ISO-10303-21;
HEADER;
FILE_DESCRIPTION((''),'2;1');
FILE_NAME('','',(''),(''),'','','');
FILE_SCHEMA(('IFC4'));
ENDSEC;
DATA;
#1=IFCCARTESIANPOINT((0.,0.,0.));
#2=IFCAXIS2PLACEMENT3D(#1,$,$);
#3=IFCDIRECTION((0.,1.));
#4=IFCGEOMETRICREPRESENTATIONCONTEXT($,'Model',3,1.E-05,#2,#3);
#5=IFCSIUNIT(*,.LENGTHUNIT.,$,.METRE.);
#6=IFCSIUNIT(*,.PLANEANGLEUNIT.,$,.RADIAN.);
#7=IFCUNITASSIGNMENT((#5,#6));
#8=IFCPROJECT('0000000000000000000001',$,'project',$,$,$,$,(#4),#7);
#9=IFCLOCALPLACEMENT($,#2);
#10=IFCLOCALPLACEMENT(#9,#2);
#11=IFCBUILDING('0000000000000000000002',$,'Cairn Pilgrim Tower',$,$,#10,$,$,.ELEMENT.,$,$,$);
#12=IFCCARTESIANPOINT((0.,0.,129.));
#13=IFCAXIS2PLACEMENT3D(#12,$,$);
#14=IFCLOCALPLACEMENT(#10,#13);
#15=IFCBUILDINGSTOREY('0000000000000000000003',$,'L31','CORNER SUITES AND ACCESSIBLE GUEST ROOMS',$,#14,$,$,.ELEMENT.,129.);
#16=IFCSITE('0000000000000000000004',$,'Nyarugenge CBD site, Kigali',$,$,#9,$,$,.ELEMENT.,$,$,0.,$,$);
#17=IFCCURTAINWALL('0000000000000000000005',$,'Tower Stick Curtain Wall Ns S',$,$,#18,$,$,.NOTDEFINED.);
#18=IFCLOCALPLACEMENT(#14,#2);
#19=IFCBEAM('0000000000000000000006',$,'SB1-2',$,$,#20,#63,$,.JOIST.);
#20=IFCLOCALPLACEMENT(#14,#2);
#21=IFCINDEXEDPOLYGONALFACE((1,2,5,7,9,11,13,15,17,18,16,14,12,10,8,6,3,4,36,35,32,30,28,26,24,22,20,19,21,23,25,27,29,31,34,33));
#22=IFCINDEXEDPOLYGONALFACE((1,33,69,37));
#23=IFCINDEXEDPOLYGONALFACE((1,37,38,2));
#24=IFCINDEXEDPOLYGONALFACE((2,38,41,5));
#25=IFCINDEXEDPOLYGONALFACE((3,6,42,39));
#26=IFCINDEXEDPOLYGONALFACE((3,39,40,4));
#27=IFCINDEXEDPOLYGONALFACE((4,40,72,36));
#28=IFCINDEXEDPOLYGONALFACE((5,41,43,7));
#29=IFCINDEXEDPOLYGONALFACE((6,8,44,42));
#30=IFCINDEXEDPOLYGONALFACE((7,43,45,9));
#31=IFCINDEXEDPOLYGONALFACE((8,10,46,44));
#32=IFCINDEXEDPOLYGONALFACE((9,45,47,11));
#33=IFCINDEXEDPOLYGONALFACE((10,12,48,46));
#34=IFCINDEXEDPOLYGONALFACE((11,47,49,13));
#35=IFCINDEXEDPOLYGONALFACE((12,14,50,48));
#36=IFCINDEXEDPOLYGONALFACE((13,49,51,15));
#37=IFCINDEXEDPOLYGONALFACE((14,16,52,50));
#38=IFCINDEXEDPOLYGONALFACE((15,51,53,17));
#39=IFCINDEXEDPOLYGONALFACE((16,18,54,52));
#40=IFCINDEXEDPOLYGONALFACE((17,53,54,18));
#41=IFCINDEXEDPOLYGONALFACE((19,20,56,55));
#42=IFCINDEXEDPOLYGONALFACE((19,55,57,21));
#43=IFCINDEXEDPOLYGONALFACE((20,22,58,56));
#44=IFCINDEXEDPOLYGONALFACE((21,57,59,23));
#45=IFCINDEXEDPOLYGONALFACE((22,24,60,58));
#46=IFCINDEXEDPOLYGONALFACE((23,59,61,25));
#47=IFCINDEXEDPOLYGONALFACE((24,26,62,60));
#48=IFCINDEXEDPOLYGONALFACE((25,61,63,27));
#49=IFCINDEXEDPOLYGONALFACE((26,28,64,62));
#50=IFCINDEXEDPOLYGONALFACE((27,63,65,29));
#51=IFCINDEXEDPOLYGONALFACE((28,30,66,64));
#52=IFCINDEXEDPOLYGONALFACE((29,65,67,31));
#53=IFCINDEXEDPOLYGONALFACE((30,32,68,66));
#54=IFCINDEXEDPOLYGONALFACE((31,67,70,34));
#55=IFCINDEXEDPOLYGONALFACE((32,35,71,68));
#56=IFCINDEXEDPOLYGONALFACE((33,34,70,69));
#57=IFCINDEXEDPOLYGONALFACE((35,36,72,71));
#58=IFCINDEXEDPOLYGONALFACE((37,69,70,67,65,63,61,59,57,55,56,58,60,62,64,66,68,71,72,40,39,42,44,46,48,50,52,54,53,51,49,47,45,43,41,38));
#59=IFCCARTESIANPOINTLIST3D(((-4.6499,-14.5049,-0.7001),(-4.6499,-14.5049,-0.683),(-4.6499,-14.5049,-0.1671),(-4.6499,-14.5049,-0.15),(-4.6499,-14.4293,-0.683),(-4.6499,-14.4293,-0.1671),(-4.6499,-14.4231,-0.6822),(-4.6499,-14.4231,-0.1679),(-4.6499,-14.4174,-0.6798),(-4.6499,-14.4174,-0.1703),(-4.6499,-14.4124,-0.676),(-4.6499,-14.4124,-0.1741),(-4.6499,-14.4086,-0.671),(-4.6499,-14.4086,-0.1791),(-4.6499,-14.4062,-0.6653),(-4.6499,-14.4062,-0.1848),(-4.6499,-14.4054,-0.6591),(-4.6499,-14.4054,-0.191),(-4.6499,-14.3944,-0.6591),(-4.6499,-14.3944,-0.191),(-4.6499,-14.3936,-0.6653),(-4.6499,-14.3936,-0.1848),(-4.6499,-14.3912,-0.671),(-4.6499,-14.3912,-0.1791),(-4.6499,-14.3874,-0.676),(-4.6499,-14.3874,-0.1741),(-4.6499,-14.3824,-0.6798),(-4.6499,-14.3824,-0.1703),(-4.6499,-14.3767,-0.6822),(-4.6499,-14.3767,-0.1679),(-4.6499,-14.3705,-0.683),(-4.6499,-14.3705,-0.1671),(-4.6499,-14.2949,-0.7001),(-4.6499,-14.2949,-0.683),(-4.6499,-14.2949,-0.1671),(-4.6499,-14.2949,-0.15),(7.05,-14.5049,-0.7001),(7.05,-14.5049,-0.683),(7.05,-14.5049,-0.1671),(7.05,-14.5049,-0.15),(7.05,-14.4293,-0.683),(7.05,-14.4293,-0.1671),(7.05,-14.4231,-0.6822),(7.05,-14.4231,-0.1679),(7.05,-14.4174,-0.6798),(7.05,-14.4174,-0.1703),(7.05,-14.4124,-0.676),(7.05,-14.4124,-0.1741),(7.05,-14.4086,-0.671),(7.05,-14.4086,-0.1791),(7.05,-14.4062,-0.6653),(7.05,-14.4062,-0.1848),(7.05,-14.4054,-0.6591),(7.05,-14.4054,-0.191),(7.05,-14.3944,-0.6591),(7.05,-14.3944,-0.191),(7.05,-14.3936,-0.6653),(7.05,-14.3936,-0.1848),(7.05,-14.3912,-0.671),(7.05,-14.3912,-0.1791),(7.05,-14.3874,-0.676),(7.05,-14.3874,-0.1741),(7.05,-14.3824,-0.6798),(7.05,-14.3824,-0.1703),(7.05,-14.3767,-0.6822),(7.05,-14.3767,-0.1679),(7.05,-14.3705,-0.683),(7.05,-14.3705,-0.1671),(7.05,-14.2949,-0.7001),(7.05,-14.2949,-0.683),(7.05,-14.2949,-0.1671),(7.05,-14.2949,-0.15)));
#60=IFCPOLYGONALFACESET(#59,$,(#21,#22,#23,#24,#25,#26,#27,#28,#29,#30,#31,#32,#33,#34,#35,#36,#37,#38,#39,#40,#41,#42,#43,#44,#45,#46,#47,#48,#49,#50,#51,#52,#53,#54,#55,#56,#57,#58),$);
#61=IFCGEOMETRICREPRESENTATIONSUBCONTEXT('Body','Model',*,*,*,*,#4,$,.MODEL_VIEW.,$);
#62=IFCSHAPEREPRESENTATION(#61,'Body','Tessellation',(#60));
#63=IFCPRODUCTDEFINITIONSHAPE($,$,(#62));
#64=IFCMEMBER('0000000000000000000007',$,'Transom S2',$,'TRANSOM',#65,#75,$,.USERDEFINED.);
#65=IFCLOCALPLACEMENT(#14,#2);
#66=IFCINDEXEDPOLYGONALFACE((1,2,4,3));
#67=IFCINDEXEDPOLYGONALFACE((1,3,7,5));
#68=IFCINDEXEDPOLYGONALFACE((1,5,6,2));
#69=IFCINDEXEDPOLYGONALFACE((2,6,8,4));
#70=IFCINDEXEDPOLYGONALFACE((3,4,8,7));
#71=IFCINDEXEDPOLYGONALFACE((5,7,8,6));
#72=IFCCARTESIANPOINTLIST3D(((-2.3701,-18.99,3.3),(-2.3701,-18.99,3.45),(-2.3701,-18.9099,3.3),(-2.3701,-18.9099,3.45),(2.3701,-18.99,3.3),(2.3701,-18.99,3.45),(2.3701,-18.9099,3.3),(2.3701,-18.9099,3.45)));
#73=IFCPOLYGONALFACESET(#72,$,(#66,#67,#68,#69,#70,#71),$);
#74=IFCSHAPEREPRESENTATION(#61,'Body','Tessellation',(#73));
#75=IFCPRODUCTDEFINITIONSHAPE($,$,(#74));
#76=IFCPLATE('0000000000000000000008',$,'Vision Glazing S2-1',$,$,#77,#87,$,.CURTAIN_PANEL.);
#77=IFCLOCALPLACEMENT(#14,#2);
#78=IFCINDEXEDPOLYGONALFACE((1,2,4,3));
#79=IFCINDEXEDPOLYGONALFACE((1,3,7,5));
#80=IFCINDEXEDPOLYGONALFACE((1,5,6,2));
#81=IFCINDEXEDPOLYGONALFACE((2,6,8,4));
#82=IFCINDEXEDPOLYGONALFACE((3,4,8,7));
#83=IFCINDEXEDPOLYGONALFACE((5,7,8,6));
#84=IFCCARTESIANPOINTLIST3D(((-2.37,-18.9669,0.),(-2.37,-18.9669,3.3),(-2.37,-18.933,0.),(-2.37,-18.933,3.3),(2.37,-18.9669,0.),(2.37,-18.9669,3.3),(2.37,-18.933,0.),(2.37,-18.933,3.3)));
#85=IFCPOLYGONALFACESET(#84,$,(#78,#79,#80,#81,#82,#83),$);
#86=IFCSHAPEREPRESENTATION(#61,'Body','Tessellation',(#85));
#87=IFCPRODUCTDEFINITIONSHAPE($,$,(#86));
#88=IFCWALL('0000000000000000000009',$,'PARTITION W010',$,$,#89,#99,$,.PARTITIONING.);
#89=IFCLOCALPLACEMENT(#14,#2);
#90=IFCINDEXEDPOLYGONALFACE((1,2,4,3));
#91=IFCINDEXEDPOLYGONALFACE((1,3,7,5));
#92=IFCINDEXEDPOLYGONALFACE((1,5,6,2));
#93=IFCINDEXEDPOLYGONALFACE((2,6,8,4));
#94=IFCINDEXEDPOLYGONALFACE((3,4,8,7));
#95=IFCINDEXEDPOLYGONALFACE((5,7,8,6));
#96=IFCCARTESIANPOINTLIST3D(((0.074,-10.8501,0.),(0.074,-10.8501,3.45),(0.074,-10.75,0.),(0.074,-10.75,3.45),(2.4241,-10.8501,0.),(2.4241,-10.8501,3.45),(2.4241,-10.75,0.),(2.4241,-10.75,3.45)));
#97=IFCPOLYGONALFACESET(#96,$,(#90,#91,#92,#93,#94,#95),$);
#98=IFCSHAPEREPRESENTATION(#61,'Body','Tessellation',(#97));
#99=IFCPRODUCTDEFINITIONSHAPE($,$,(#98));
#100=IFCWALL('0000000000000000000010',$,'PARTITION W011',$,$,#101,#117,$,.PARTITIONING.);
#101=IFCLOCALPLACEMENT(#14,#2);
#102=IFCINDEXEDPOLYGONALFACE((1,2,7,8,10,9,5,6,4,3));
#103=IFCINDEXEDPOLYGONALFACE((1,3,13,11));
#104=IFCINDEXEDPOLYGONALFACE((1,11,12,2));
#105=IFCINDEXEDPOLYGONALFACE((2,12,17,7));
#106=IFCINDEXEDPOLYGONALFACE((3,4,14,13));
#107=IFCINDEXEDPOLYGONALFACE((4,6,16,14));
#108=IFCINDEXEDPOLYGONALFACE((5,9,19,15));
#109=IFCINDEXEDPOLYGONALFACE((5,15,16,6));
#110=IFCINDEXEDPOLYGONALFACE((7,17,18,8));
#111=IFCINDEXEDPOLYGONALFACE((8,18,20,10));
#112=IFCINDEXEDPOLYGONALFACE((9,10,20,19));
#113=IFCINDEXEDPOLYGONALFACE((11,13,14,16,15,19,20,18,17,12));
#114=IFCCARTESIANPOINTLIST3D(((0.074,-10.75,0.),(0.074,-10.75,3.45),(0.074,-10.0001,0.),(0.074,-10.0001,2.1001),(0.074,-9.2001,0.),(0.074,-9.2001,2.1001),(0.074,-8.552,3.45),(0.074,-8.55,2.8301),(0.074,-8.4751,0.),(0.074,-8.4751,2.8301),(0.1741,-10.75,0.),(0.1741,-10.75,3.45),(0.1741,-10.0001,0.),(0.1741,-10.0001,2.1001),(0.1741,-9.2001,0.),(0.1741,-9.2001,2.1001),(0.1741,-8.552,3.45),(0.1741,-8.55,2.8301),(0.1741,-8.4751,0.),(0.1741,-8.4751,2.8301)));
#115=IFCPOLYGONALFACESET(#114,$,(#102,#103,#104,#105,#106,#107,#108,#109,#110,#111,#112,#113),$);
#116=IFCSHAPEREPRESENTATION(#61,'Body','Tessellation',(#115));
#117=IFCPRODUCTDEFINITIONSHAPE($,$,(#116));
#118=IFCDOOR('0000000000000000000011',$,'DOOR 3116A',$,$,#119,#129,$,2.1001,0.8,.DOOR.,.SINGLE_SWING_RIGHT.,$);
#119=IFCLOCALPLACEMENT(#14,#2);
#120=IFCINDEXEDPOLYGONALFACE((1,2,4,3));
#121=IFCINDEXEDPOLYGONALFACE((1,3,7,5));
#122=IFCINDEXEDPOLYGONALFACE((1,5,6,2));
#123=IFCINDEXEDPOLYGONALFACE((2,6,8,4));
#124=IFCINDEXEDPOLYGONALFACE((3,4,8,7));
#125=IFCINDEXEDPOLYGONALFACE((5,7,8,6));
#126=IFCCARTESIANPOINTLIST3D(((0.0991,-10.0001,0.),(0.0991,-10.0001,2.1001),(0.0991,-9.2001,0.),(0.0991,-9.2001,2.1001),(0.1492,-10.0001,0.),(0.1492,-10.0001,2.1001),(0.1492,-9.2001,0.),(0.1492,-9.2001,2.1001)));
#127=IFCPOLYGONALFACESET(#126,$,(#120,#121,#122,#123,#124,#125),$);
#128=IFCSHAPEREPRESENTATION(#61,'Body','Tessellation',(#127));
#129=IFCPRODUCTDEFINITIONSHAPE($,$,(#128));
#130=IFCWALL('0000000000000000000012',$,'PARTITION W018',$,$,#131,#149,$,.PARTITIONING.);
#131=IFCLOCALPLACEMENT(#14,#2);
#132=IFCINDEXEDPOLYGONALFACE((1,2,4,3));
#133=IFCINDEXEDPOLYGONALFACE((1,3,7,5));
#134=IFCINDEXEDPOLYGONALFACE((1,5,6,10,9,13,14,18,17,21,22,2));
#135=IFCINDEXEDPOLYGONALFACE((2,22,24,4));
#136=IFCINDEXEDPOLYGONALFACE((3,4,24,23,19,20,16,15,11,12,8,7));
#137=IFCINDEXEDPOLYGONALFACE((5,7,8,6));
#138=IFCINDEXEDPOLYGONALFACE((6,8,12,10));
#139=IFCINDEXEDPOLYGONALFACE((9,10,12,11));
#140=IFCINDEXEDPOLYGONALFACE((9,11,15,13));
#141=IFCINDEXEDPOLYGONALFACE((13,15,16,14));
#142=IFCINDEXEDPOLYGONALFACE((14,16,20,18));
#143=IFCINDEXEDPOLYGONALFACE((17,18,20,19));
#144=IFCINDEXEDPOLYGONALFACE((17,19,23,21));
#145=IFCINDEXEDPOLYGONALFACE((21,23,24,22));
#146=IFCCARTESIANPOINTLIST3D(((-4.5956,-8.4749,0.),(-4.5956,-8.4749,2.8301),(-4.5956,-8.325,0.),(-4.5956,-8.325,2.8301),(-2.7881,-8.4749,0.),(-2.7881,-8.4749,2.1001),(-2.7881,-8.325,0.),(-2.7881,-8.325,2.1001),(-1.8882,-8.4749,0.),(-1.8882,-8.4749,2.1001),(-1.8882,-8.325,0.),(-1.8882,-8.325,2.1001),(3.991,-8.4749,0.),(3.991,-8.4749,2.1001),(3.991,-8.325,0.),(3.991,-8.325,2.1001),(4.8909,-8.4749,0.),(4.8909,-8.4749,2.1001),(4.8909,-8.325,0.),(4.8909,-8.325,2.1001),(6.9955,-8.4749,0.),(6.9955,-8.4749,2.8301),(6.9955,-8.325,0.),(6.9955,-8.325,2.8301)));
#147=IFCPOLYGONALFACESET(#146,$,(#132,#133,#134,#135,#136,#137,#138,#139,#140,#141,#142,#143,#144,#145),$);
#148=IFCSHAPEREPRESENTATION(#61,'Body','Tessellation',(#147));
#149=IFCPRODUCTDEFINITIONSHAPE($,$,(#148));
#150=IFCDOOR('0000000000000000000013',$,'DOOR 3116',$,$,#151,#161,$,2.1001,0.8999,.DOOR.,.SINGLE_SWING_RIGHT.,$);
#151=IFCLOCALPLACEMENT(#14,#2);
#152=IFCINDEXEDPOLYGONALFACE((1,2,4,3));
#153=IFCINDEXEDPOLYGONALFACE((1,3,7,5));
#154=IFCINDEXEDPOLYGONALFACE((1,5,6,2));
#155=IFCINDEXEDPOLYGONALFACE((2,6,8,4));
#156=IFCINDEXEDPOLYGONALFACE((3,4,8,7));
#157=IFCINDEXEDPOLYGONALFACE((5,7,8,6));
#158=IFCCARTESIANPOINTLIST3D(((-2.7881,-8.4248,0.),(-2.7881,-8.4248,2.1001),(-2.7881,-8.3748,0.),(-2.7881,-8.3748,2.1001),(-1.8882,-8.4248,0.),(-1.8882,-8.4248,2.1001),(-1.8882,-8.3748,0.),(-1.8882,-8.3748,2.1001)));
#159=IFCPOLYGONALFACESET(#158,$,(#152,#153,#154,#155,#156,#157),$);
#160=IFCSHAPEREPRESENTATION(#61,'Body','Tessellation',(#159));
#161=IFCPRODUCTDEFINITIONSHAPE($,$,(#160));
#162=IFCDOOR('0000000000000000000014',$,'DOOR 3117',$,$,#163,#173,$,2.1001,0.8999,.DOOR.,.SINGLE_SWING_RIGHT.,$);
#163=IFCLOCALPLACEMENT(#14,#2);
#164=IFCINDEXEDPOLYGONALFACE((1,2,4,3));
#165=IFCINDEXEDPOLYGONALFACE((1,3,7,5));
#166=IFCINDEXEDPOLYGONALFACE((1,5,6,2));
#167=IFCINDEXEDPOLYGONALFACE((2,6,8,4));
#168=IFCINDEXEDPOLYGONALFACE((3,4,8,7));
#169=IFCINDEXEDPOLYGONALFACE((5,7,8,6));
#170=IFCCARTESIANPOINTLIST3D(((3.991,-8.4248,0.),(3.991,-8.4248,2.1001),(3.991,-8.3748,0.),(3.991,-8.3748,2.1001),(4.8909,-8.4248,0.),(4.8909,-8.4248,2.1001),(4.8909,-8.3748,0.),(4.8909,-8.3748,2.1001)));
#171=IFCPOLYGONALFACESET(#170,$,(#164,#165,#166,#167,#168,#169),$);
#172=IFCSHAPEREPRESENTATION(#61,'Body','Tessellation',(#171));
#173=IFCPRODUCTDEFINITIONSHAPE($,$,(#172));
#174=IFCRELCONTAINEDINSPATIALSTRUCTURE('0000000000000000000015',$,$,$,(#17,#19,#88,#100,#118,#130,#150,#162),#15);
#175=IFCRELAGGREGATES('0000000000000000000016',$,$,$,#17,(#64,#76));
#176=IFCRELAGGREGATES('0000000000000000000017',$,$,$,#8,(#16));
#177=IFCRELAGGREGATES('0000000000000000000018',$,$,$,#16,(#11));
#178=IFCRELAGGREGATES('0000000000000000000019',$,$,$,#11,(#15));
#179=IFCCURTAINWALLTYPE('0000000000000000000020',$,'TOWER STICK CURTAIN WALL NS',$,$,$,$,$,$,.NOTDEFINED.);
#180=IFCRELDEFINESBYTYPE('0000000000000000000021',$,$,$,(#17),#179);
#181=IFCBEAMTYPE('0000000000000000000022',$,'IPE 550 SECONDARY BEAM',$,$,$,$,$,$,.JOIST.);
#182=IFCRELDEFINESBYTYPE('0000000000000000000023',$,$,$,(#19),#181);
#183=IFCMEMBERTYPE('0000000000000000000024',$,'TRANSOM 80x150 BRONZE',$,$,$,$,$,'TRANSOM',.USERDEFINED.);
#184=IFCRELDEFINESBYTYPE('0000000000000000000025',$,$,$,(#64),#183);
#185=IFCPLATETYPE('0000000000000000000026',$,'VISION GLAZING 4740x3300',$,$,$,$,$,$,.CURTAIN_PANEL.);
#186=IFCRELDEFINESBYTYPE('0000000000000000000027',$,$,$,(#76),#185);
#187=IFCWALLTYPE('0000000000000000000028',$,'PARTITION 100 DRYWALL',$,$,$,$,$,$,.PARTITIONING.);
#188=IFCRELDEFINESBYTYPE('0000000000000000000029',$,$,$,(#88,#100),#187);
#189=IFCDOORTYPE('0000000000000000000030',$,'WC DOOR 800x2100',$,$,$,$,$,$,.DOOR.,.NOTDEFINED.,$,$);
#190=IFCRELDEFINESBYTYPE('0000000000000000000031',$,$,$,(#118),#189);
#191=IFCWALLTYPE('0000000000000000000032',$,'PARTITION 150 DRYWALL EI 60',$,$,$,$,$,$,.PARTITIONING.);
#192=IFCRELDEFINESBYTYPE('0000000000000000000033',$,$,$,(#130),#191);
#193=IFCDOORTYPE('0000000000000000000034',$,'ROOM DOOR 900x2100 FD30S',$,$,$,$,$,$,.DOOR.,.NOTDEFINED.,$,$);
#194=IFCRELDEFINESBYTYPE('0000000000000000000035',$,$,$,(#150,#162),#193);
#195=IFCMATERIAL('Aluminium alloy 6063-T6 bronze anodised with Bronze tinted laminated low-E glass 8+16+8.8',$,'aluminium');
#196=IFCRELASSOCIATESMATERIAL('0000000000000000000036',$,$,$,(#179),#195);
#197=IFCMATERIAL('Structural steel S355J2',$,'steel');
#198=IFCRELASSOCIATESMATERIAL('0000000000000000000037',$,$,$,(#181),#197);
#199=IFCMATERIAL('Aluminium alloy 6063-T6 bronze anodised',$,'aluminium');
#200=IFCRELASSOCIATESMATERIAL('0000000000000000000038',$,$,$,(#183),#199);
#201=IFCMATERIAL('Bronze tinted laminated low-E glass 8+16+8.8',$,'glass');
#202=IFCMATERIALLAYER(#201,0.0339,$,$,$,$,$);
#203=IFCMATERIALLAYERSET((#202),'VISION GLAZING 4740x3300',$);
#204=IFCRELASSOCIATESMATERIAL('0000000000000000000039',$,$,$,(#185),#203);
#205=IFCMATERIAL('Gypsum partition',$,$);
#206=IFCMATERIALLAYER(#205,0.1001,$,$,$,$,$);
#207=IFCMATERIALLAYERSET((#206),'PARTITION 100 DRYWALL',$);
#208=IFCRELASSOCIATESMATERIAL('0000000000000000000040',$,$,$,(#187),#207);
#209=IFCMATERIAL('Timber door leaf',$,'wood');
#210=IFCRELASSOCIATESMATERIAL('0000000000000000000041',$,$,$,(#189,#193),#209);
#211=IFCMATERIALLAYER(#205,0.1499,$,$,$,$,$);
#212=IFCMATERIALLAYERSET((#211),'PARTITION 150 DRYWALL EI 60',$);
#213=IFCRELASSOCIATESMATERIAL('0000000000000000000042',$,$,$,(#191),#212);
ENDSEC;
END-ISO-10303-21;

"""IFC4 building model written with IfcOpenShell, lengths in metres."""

from ifc_helpers import new_model, si_unit, direction, frame, frame_2d, origin, origin_2d, place, context, subcontext, project, spatial, polyline, rectangle, i_section, outline, extrude, material, layer, layer_set, material_profile, profile_set, type_object, element, fill, aggregate, save


model = new_model("IFC4")

# Units and contexts
model_context = context("Model", 3, precision=1e-05, world=origin(), true_north=direction((0.0, 1.0)))
body_context = subcontext(model_context, "Body", "Model", "MODEL_VIEW")
ifc_project = project(units=[si_unit("LENGTHUNIT", "METRE"), si_unit("PLANEANGLEUNIT", "RADIAN")], contexts=[model_context])

# Site, building, storey
site_placement = place(None, origin())
site = spatial("IfcSite", under=ifc_project, at=site_placement, Name="Nyarugenge CBD site, Kigali", CompositionType="ELEMENT", RefElevation=0.0)
building_placement = place(site_placement, origin())
building = spatial("IfcBuilding", under=site, at=building_placement, Name="Cairn Pilgrim Tower", CompositionType="ELEMENT")
storey_placement = place(building_placement, frame((0.0, 0.0, 129.0)))
storey = spatial("IfcBuildingStorey", under=building, at=storey_placement, Name="L31", Description="CORNER SUITES AND ACCESSIBLE GUEST ROOMS", CompositionType="ELEMENT", Elevation=129.0)

# Curtain wall
ifc_material_1 = material(Name="Aluminium alloy 6063-T6 bronze anodised with Bronze tinted laminated low-E glass 8+16+8.8", Category="aluminium")
curtain_wall_type = type_object("IfcCurtainWallType", Name="TOWER STICK CURTAIN WALL NS", PredefinedType="NOTDEFINED", material=ifc_material_1)
curtain_wall_placement = place(storey_placement, origin())
curtain_wall = element("IfcCurtainWall", 1, at=curtain_wall_placement, inside=storey, type_object=curtain_wall_type, Name="Tower Stick Curtain Wall Ns S", PredefinedType="NOTDEFINED")
ifc_material_2 = material(Name="Aluminium alloy 6063-T6 bronze anodised", Category="aluminium")

# Beam
ifc_material_3 = material(Name="Structural steel S355J2", Category="steel")
ifc_material_profile_1 = material_profile(ifc_material_3, i_section(OverallWidth=0.21, OverallDepth=0.55, WebThickness=0.011, FlangeThickness=0.0171, FilletRadius=0.0239, at=origin_2d()), Name="IPE 550")
ifc_profile_set_1 = profile_set([ifc_material_profile_1], Name="Structural steel S355J2")
beam_type_1 = type_object("IfcBeamType", Name="IPE 550 SECONDARY BEAM", PredefinedType="JOIST", material=ifc_profile_set_1)
beam_1_placement = place(storey_placement, frame((-4.6499, -14.3999, -0.425), z_axis=(1.0, 0.0, 0.0), x_axis=(0.0, 1.0, 0.0)))
element("IfcBeam", 2, at=beam_1_placement, inside=storey, type_object=beam_type_1, Name="SB1-2", PredefinedType="JOIST", context=body_context, shape_type="SweptSolid", body=[
    extrude(i_section(OverallWidth=0.21, OverallDepth=0.55, WebThickness=0.011, FlangeThickness=0.0171, FilletRadius=0.0239, at=origin_2d()), origin(), (0.0, 0.0, 1.0), 11.7),
])

# Member
ifc_material_profile_2 = material_profile(ifc_material_2, rectangle(XDim=0.0801, YDim=0.1499, at=origin_2d()), Name="TRANSOM 80x150 BRONZE")
ifc_profile_set_2 = profile_set([ifc_material_profile_2], Name="Aluminium alloy 6063-T6 bronze anodised")
member_type_1 = type_object("IfcMemberType", Name="TRANSOM 80x150 BRONZE", ElementType="TRANSOM", PredefinedType="USERDEFINED", material=ifc_profile_set_2)
member_1_placement = place(storey_placement, frame((-2.3701, -18.95, 3.375), z_axis=(1.0, 0.0, 0.0), x_axis=(0.0, 1.0, 0.0)))
member_1 = element("IfcMember", 3, at=member_1_placement, type_object=member_type_1, Name="Transom S2", ObjectType="TRANSOM", PredefinedType="USERDEFINED", context=body_context, shape_type="SweptSolid", body=[
    extrude(rectangle(XDim=0.0801, YDim=0.1499, at=origin_2d()), origin(), (0.0, 0.0, 1.0), 4.7402),
])

# Plate
ifc_material_4 = material(Name="Bronze tinted laminated low-E glass 8+16+8.8", Category="glass")
ifc_layer_1 = layer(ifc_material_4, 0.0339)
ifc_layer_set_1 = layer_set([ifc_layer_1], Name="VISION GLAZING 4740x3300")
plate_type = type_object("IfcPlateType", Name="VISION GLAZING 4740x3300", PredefinedType="CURTAIN_PANEL", material=ifc_layer_set_1)
plate_placement = place(storey_placement, frame((0.0, -18.95, 0.0), z_axis=(0.0, 0.0, 1.0), x_axis=(1.0, 0.0, 0.0)))
plate = element("IfcPlate", 4, at=plate_placement, type_object=plate_type, Name="Vision Glazing S2-1", PredefinedType="CURTAIN_PANEL", context=body_context, shape_type="SweptSolid", body=[
    extrude(rectangle(XDim=4.74, YDim=0.0339, at=origin_2d()), origin(), (0.0, 0.0, 1.0), 3.3),
])
aggregate(curtain_wall, [member_1, plate])

# Wall
ifc_material_5 = material(Name="Gypsum partition")
ifc_layer_2 = layer(ifc_material_5, 0.1001)
ifc_layer_set_2 = layer_set([ifc_layer_2], Name="PARTITION 100 DRYWALL")
wall_type_1 = type_object("IfcWallType", Name="PARTITION 100 DRYWALL", PredefinedType="PARTITIONING", material=ifc_layer_set_2)
wall_1_placement = place(storey_placement, frame((0.074, -10.8, 0.0), z_axis=(0.0, 0.0, 1.0), x_axis=(1.0, 0.0, 0.0)))
element("IfcWall", 5, at=wall_1_placement, inside=storey, type_object=wall_type_1, Name="PARTITION W010", PredefinedType="PARTITIONING", context=body_context, shape_type="SweptSolid", body=[
    extrude(rectangle(XDim=2.3501, YDim=0.1001, at=frame_2d((1.175, 0.0))), origin(), (0.0, 0.0, 1.0), 3.45),
])

# Wall, opening, door
wall_2_placement = place(storey_placement, frame((0.124, -10.75, 0.0), z_axis=(0.0, 0.0, 1.0), x_axis=(0.0, 1.0, 0.0)))
wall_2 = element("IfcWall", 6, at=wall_2_placement, inside=storey, type_object=wall_type_1, Name="PARTITION W011", PredefinedType="PARTITIONING", context=body_context, shape_type="SweptSolid", body=[
    extrude(outline(polyline([(0.0, 0.0), (2.2749, 0.0), (2.2749, 2.8301), (2.2, 2.8301), (2.198, 3.45), (0.0, 3.45), (0.0, 0.0)])), frame((0.0, 0.05, 0.0), z_axis=(0.0, -1.0, 0.0), x_axis=(1.0, 0.0, 0.0)), (0.0, 0.0, 1.0), 0.1001),
])
opening_1_placement = place(wall_2_placement, frame((0.75, 0.0, 0.0)))
opening_1 = element("IfcOpeningElement", 7, at=opening_1_placement, cuts=wall_2, PredefinedType="OPENING", context=body_context, shape_type="SweptSolid", body=[
    extrude(rectangle(XDim=0.8, YDim=2.1001, at=frame_2d((0.3999, 1.05))), frame((0.0, 0.0601, 0.0), z_axis=(0.0, -1.0, 0.0), x_axis=(1.0, 0.0, 0.0)), (0.0, 0.0, 1.0), 0.1201),
])
ifc_material_6 = material(Name="Timber door leaf", Category="wood")
door_type_1 = type_object("IfcDoorType", Name="WC DOOR 800x2100", OperationType="NOTDEFINED", PredefinedType="DOOR", material=ifc_material_6)
door_1_placement = place(opening_1_placement, origin())
door_1 = element("IfcDoor", 8, at=door_1_placement, inside=storey, type_object=door_type_1, Name="DOOR 3116A", OperationType="SINGLE_SWING_RIGHT", OverallHeight=2.1001, OverallWidth=0.8, PredefinedType="DOOR", context=body_context, shape_type="SweptSolid", body=[
    extrude(rectangle(XDim=0.8, YDim=2.1001, at=frame_2d((0.3999, 1.05))), frame((0.0, 0.0249, 0.0), z_axis=(0.0, -1.0, 0.0), x_axis=(1.0, 0.0, 0.0)), (0.0, 0.0, 1.0), 0.05),
])
fill(opening_1, door_1)

# Wall, openings, doors
ifc_layer_3 = layer(ifc_material_5, 0.1499)
ifc_layer_set_3 = layer_set([ifc_layer_3], Name="PARTITION 150 DRYWALL EI 60")
wall_type_2 = type_object("IfcWallType", Name="PARTITION 150 DRYWALL EI 60", PredefinedType="PARTITIONING", material=ifc_layer_set_3)
wall_3_placement = place(storey_placement, frame((-4.5955, -8.3999, 0.0), z_axis=(0.0, 0.0, 1.0), x_axis=(1.0, 0.0, 0.0)))
wall_3 = element("IfcWall", 9, at=wall_3_placement, inside=storey, type_object=wall_type_2, Name="PARTITION W018", PredefinedType="PARTITIONING", context=body_context, shape_type="SweptSolid", body=[
    extrude(rectangle(XDim=11.5911, YDim=0.1499, at=frame_2d((5.7954, 0.0))), origin(), (0.0, 0.0, 1.0), 2.8301),
])
opening_2_placement = place(wall_3_placement, frame((1.8074, 0.0, 0.0)))
opening_2 = element("IfcOpeningElement", 10, at=opening_2_placement, cuts=wall_3, PredefinedType="OPENING", context=body_context, shape_type="SweptSolid", body=[
    extrude(rectangle(XDim=0.8999, YDim=2.1001, at=frame_2d((0.45, 1.05))), frame((0.0, 0.085, 0.0), z_axis=(0.0, -1.0, 0.0), x_axis=(1.0, 0.0, 0.0)), (0.0, 0.0, 1.0), 0.1699),
])
opening_3_placement = place(wall_3_placement, frame((8.5864, 0.0, 0.0)))
opening_3 = element("IfcOpeningElement", 11, at=opening_3_placement, cuts=wall_3, PredefinedType="OPENING", context=body_context, shape_type="SweptSolid", body=[
    extrude(rectangle(XDim=0.8999, YDim=2.1001, at=frame_2d((0.45, 1.05))), frame((0.0, 0.085, 0.0), z_axis=(0.0, -1.0, 0.0), x_axis=(1.0, 0.0, 0.0)), (0.0, 0.0, 1.0), 0.1699),
])
door_type_2 = type_object("IfcDoorType", Name="ROOM DOOR 900x2100 FD30S", OperationType="NOTDEFINED", PredefinedType="DOOR", material=ifc_material_6)
door_2_placement = place(opening_2_placement, frame((0.8999, 0.0, 0.0), z_axis=(0.0, 0.0, 1.0), x_axis=(-1.0, 0.0, 0.0)))
door_2 = element("IfcDoor", 12, at=door_2_placement, inside=storey, type_object=door_type_2, Name="DOOR 3116", OperationType="SINGLE_SWING_RIGHT", OverallHeight=2.1001, OverallWidth=0.8999, PredefinedType="DOOR", context=body_context, shape_type="SweptSolid", body=[
    extrude(rectangle(XDim=0.8999, YDim=2.1001, at=frame_2d((0.45, 1.05))), frame((0.0, 0.0249, 0.0), z_axis=(0.0, -1.0, 0.0), x_axis=(1.0, 0.0, 0.0)), (0.0, 0.0, 1.0), 0.05),
])
fill(opening_2, door_2)
door_3_placement = place(opening_3_placement, frame((0.8999, 0.0, 0.0), z_axis=(0.0, 0.0, 1.0), x_axis=(-1.0, 0.0, 0.0)))
door_3 = element("IfcDoor", 13, at=door_3_placement, inside=storey, type_object=door_type_2, Name="DOOR 3117", OperationType="SINGLE_SWING_RIGHT", OverallHeight=2.1001, OverallWidth=0.8999, PredefinedType="DOOR", context=body_context, shape_type="SweptSolid", body=[
    extrude(rectangle(XDim=0.8999, YDim=2.1001, at=frame_2d((0.45, 1.05))), frame((0.0, 0.0249, 0.0), z_axis=(0.0, -1.0, 0.0), x_axis=(1.0, 0.0, 0.0)), (0.0, 0.0, 1.0), 0.05),
])
fill(opening_3, door_3)

save(model, "model.ifc")
